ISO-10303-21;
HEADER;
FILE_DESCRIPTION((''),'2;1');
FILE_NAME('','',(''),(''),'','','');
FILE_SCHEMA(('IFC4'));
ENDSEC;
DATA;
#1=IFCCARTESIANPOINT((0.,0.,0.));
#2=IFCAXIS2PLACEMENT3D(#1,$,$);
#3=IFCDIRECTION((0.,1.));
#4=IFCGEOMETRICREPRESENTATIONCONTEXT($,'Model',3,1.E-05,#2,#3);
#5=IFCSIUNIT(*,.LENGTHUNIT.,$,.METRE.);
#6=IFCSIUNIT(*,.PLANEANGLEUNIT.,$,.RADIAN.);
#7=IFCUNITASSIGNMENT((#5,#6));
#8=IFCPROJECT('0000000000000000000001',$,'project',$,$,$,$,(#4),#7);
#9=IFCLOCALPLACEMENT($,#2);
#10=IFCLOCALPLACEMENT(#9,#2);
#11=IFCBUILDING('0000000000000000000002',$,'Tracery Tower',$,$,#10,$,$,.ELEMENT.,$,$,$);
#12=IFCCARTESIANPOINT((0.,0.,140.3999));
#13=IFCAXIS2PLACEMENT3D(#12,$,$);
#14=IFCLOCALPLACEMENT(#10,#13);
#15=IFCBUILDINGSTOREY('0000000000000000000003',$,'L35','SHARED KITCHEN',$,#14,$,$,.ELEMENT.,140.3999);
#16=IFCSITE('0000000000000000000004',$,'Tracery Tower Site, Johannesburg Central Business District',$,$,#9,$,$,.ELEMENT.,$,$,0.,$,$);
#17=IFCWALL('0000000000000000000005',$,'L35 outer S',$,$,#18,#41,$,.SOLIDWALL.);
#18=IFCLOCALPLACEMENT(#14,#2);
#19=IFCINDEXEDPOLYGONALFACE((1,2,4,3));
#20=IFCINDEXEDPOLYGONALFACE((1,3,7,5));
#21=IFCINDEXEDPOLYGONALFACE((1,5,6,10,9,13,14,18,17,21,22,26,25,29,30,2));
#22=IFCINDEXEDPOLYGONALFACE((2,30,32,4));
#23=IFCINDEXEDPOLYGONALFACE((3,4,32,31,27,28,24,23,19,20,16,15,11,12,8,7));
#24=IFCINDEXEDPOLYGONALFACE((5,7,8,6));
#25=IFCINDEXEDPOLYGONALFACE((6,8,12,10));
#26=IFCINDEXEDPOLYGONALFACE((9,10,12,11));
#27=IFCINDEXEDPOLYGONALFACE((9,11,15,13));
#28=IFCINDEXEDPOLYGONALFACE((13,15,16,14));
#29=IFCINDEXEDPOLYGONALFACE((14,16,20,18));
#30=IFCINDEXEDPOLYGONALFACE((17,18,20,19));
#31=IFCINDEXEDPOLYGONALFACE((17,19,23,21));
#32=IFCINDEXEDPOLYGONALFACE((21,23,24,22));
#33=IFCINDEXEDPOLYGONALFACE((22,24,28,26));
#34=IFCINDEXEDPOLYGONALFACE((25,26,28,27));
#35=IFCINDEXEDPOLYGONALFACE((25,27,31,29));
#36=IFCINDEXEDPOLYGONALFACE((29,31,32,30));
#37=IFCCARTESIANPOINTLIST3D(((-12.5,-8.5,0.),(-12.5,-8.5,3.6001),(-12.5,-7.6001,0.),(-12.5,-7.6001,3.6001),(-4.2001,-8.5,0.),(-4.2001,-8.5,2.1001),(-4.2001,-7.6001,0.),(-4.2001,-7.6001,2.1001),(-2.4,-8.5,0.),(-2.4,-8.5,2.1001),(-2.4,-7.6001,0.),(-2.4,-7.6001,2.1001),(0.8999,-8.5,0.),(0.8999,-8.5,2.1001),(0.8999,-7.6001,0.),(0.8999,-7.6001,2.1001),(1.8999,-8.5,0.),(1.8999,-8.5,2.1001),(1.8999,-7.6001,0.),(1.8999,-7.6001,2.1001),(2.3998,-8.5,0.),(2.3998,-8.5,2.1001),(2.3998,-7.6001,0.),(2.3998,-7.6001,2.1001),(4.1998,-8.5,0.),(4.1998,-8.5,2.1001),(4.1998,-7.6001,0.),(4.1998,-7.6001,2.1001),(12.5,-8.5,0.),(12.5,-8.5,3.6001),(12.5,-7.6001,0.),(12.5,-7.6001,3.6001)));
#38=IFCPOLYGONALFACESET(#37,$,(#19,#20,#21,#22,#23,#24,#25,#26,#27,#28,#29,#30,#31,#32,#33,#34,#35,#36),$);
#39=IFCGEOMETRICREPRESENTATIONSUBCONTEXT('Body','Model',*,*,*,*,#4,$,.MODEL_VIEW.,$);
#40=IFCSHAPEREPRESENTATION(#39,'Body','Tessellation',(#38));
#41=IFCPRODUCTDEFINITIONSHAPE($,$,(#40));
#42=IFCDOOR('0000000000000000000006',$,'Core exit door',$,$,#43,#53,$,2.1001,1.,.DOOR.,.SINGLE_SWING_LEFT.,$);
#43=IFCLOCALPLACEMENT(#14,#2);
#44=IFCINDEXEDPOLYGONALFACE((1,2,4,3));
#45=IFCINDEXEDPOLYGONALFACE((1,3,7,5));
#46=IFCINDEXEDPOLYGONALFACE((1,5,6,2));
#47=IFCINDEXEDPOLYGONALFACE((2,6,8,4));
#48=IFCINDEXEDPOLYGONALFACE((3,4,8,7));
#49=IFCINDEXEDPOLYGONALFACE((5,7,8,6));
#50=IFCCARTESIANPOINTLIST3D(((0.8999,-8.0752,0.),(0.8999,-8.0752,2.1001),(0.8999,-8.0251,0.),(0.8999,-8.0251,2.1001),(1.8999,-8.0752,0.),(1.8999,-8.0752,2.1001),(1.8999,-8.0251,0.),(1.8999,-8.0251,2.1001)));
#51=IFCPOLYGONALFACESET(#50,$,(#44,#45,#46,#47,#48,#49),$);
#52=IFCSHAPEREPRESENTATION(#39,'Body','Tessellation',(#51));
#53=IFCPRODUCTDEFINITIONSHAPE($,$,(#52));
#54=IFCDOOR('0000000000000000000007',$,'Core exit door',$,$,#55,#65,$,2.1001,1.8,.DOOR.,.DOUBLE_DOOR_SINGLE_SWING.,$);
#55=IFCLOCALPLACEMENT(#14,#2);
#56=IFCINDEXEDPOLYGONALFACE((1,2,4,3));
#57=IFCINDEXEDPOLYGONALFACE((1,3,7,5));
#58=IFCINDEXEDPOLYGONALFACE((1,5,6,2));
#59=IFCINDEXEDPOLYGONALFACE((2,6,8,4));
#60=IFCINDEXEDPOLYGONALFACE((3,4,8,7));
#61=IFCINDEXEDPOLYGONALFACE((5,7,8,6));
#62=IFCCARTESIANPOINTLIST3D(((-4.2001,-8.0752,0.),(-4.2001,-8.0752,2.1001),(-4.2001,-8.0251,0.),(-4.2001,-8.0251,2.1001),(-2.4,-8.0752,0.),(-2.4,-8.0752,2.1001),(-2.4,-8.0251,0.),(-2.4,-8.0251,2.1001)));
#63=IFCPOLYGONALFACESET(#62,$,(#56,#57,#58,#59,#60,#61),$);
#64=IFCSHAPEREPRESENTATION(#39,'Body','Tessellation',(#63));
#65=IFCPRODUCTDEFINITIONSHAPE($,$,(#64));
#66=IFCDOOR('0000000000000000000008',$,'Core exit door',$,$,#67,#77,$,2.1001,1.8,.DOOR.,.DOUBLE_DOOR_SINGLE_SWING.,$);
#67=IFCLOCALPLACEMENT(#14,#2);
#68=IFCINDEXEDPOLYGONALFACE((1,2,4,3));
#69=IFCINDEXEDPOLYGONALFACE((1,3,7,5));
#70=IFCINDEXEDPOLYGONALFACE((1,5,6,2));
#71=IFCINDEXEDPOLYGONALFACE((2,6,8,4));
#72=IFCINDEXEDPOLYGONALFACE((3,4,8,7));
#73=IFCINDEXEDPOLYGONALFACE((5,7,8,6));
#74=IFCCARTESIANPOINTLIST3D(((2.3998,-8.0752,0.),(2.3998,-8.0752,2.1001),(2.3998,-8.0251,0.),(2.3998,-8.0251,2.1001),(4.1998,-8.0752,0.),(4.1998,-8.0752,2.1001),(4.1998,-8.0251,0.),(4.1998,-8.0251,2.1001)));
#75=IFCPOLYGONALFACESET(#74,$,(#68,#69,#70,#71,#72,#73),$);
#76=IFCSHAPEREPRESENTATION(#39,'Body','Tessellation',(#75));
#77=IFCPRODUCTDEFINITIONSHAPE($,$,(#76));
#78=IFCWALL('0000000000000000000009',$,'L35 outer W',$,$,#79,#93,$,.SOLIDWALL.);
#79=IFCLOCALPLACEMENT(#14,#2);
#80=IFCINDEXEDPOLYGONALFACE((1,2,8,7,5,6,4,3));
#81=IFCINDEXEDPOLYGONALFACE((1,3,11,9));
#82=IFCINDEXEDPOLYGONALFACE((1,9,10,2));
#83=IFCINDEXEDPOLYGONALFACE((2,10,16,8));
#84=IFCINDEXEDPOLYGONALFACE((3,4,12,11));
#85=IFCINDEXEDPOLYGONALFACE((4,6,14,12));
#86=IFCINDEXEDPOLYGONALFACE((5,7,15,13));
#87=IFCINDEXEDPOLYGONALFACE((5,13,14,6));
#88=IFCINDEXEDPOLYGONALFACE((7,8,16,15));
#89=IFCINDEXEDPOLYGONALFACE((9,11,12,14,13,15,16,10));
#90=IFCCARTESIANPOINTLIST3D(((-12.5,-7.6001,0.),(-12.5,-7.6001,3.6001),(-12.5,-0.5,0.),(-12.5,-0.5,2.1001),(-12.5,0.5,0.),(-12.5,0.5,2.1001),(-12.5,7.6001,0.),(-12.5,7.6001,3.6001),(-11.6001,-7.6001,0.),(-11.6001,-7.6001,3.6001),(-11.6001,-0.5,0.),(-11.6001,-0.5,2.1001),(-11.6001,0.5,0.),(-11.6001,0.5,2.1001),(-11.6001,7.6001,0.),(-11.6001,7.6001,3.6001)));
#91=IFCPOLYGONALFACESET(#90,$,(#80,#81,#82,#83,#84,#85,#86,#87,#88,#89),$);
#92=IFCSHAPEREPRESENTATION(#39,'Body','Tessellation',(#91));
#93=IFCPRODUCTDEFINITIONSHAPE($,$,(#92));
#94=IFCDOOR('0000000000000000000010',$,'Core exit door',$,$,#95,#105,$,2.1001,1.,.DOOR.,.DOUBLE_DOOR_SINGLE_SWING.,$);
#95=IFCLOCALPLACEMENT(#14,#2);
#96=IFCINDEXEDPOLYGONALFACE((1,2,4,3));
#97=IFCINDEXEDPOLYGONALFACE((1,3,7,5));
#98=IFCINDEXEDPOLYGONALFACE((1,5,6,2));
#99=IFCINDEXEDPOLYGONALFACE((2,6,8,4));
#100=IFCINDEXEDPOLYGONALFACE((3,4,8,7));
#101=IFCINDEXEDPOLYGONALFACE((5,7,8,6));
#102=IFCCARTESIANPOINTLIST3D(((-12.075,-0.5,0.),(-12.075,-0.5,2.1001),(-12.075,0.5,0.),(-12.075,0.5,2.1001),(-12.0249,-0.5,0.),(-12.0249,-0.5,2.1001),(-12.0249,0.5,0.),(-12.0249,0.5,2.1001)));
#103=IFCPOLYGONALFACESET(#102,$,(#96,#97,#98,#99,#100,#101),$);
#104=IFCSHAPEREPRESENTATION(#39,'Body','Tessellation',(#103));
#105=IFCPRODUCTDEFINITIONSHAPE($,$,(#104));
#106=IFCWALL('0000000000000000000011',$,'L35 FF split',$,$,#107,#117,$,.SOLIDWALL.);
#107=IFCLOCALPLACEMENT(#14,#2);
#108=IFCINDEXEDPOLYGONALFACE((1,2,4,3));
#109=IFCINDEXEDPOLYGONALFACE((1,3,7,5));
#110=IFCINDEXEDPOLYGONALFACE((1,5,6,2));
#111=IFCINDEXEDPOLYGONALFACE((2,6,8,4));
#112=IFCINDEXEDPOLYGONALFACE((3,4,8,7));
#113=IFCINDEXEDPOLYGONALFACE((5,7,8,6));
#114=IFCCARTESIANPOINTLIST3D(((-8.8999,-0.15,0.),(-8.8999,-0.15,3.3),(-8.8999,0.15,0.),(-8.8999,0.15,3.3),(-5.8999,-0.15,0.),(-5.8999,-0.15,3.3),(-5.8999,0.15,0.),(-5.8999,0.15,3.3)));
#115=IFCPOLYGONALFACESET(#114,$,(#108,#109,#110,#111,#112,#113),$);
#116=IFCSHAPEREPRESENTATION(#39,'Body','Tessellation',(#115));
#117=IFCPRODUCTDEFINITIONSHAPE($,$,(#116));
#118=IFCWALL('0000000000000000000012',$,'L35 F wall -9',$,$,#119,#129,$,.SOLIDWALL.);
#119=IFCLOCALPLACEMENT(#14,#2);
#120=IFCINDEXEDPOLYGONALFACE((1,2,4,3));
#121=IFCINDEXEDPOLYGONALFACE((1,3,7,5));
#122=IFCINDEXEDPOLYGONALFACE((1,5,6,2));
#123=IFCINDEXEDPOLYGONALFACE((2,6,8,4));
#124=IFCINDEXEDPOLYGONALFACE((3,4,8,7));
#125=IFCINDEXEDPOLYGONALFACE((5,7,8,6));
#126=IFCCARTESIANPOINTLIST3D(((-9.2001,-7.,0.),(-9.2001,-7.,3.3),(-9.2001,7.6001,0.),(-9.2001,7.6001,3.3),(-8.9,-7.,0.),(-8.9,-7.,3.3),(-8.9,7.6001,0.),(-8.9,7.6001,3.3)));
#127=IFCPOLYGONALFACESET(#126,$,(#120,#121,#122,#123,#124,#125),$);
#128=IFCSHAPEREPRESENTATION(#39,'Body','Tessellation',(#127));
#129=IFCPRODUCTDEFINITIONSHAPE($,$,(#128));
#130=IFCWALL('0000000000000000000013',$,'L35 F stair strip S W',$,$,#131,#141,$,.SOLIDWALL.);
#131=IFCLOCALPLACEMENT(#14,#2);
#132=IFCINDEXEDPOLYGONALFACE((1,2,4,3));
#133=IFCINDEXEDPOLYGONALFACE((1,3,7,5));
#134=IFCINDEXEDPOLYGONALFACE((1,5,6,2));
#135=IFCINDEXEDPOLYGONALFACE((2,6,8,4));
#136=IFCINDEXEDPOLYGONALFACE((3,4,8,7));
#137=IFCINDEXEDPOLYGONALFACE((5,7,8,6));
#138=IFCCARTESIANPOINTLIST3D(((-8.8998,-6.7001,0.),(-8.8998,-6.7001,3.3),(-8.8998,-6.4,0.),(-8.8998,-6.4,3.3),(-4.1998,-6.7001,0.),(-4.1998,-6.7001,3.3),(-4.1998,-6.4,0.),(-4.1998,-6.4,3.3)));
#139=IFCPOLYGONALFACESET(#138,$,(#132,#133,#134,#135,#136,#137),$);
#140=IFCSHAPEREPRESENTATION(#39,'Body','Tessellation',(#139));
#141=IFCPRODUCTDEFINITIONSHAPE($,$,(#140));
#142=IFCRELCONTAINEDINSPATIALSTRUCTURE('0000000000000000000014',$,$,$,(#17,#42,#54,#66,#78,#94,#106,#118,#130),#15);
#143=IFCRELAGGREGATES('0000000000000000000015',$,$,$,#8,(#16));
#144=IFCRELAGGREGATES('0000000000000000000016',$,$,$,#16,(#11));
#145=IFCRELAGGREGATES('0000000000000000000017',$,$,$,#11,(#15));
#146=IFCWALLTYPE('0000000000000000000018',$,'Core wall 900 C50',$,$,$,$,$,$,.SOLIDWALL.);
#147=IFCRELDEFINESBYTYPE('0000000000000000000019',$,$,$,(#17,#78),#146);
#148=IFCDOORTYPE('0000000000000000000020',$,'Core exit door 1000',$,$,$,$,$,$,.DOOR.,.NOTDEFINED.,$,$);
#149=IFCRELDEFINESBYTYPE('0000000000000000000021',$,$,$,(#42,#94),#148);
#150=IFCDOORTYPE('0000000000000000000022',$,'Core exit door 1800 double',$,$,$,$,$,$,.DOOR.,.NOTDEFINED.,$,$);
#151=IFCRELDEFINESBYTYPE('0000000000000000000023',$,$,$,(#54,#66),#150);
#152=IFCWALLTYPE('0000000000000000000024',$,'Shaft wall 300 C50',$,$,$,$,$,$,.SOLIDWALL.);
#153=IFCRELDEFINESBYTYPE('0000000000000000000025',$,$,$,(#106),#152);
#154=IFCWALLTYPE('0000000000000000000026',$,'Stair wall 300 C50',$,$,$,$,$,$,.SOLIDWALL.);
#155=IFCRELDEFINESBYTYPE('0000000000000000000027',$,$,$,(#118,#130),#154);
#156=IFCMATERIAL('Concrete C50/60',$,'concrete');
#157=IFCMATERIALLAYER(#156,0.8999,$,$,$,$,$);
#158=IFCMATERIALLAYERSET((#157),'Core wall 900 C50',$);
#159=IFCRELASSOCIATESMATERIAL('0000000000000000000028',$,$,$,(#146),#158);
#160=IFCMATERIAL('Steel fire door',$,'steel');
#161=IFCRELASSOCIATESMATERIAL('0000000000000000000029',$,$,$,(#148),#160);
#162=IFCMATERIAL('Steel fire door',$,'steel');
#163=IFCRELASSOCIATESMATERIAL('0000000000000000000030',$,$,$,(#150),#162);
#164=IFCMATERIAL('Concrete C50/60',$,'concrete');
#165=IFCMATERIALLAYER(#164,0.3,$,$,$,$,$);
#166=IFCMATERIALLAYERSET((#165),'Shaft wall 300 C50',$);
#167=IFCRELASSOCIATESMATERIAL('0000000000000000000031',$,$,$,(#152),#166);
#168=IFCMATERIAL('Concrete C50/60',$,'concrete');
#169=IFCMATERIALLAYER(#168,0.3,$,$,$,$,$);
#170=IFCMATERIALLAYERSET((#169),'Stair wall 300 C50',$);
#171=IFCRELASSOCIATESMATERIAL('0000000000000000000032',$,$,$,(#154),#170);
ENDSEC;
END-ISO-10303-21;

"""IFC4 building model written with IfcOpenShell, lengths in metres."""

from ifc_helpers import new_model, si_unit, direction, frame, frame_2d, origin, place, context, subcontext, project, spatial, rectangle, extrude, material, layer, layer_set, type_object, element, fill, save


model = new_model("IFC4")

# Units and contexts
model_context = context("Model", 3, precision=1e-05, world=origin(), true_north=direction((0.0, 1.0)))
body_context = subcontext(model_context, "Body", "Model", "MODEL_VIEW")
ifc_project = project(units=[si_unit("LENGTHUNIT", "METRE"), si_unit("PLANEANGLEUNIT", "RADIAN")], contexts=[model_context])

# Site, building, storey
site_placement = place(None, origin())
site = spatial("IfcSite", under=ifc_project, at=site_placement, Name="Tracery Tower Site, Johannesburg Central Business District", CompositionType="ELEMENT", RefElevation=0.0)
building_placement = place(site_placement, origin())
building = spatial("IfcBuilding", under=site, at=building_placement, Name="Tracery Tower", CompositionType="ELEMENT")
storey_placement = place(building_placement, frame((0.0, 0.0, 140.3999)))
storey = spatial("IfcBuildingStorey", under=building, at=storey_placement, Name="L35", Description="SHARED KITCHEN", CompositionType="ELEMENT", Elevation=140.3999)

# Wall, openings, doors
ifc_material_1 = material(Name="Concrete C50/60", Category="concrete")
ifc_layer_1 = layer(ifc_material_1, 0.8999)
ifc_layer_set_1 = layer_set([ifc_layer_1], Name="Core wall 900 C50")
wall_type_1 = type_object("IfcWallType", Name="Core wall 900 C50", PredefinedType="SOLIDWALL", material=ifc_layer_set_1)
wall_1_placement = place(storey_placement, frame((-12.5, -8.05, 0.0), z_axis=(0.0, 0.0, 1.0), x_axis=(1.0, 0.0, 0.0)))
wall_1 = element("IfcWall", 1, at=wall_1_placement, inside=storey, type_object=wall_type_1, Name="L35 outer S", PredefinedType="SOLIDWALL", context=body_context, shape_type="SweptSolid", body=[
    extrude(rectangle(XDim=25.0, YDim=0.8999, at=frame_2d((12.5, 0.0))), origin(), (0.0, 0.0, 1.0), 3.6001),
])
opening_1_placement = place(wall_1_placement, frame((13.3999, 0.0, 0.0)))
opening_1 = element("IfcOpeningElement", 2, at=opening_1_placement, cuts=wall_1, PredefinedType="OPENING", context=body_context, shape_type="SweptSolid", body=[
    extrude(rectangle(XDim=1.0, YDim=2.1001, at=frame_2d((0.5, 1.05))), frame((0.0, 0.45, 0.0), z_axis=(0.0, -1.0, 0.0), x_axis=(1.0, 0.0, 0.0)), (0.0, 0.0, 1.0), 0.8999),
])
opening_2_placement = place(wall_1_placement, frame((8.3, 0.0, 0.0)))
opening_2 = element("IfcOpeningElement", 3, at=opening_2_placement, cuts=wall_1, PredefinedType="OPENING", context=body_context, shape_type="SweptSolid", body=[
    extrude(rectangle(XDim=1.8, YDim=2.1001, at=frame_2d((0.8999, 1.05))), frame((0.0, 0.45, 0.0), z_axis=(0.0, -1.0, 0.0), x_axis=(1.0, 0.0, 0.0)), (0.0, 0.0, 1.0), 0.8999),
])
opening_3_placement = place(wall_1_placement, frame((14.8999, 0.0, 0.0)))
opening_3 = element("IfcOpeningElement", 4, at=opening_3_placement, cuts=wall_1, PredefinedType="OPENING", context=body_context, shape_type="SweptSolid", body=[
    extrude(rectangle(XDim=1.8, YDim=2.1001, at=frame_2d((0.8999, 1.05))), frame((0.0, 0.45, 0.0), z_axis=(0.0, -1.0, 0.0), x_axis=(1.0, 0.0, 0.0)), (0.0, 0.0, 1.0), 0.8999),
])
ifc_material_2 = material(Name="Steel fire door", Category="steel")
door_type_1 = type_object("IfcDoorType", Name="Core exit door 1000", OperationType="NOTDEFINED", PredefinedType="DOOR", material=ifc_material_2)
door_1_placement = place(opening_1_placement, origin())
door_1 = element("IfcDoor", 5, at=door_1_placement, inside=storey, type_object=door_type_1, Name="Core exit door", OperationType="SINGLE_SWING_LEFT", OverallHeight=2.1001, OverallWidth=1.0, PredefinedType="DOOR", context=body_context, shape_type="SweptSolid", body=[
    extrude(rectangle(XDim=1.0, YDim=2.1001, at=frame_2d((0.5, 1.05))), frame((0.0, 0.0249, 0.0), z_axis=(0.0, -1.0, 0.0), x_axis=(1.0, 0.0, 0.0)), (0.0, 0.0, 1.0), 0.05),
])
fill(opening_1, door_1)
ifc_material_3 = material(Name="Steel fire door", Category="steel")
door_type_2 = type_object("IfcDoorType", Name="Core exit door 1800 double", OperationType="NOTDEFINED", PredefinedType="DOOR", material=ifc_material_3)
door_2_placement = place(opening_2_placement, origin())
door_2 = element("IfcDoor", 6, at=door_2_placement, inside=storey, type_object=door_type_2, Name="Core exit door", OperationType="DOUBLE_DOOR_SINGLE_SWING", OverallHeight=2.1001, OverallWidth=1.8, PredefinedType="DOOR", context=body_context, shape_type="SweptSolid", body=[
    extrude(rectangle(XDim=1.8, YDim=2.1001, at=frame_2d((0.8999, 1.05))), frame((0.0, 0.0249, 0.0), z_axis=(0.0, -1.0, 0.0), x_axis=(1.0, 0.0, 0.0)), (0.0, 0.0, 1.0), 0.05),
])
fill(opening_2, door_2)
door_3_placement = place(opening_3_placement, origin())
door_3 = element("IfcDoor", 7, at=door_3_placement, inside=storey, type_object=door_type_2, Name="Core exit door", OperationType="DOUBLE_DOOR_SINGLE_SWING", OverallHeight=2.1001, OverallWidth=1.8, PredefinedType="DOOR", context=body_context, shape_type="SweptSolid", body=[
    extrude(rectangle(XDim=1.8, YDim=2.1001, at=frame_2d((0.8999, 1.05))), frame((0.0, 0.0249, 0.0), z_axis=(0.0, -1.0, 0.0), x_axis=(1.0, 0.0, 0.0)), (0.0, 0.0, 1.0), 0.05),
])
fill(opening_3, door_3)

# Wall, opening, door
wall_2_placement = place(storey_placement, frame((-12.05, -7.6001, 0.0), z_axis=(0.0, 0.0, 1.0), x_axis=(0.0, 1.0, 0.0)))
wall_2 = element("IfcWall", 8, at=wall_2_placement, inside=storey, type_object=wall_type_1, Name="L35 outer W", PredefinedType="SOLIDWALL", context=body_context, shape_type="SweptSolid", body=[
    extrude(rectangle(XDim=15.2002, YDim=0.8999, at=frame_2d((7.6001, 0.0))), origin(), (0.0, 0.0, 1.0), 3.6001),
])
opening_4_placement = place(wall_2_placement, frame((7.1001, 0.0, 0.0)))
opening_4 = element("IfcOpeningElement", 9, at=opening_4_placement, cuts=wall_2, PredefinedType="OPENING", context=body_context, shape_type="SweptSolid", body=[
    extrude(rectangle(XDim=1.0, YDim=2.1001, at=frame_2d((0.5, 1.05))), frame((0.0, 0.45, 0.0), z_axis=(0.0, -1.0, 0.0), x_axis=(1.0, 0.0, 0.0)), (0.0, 0.0, 1.0), 0.8999),
])
door_4_placement = place(opening_4_placement, origin())
door_4 = element("IfcDoor", 10, at=door_4_placement, inside=storey, type_object=door_type_1, Name="Core exit door", OperationType="DOUBLE_DOOR_SINGLE_SWING", OverallHeight=2.1001, OverallWidth=1.0, PredefinedType="DOOR", context=body_context, shape_type="SweptSolid", body=[
    extrude(rectangle(XDim=1.0, YDim=2.1001, at=frame_2d((0.5, 1.05))), frame((0.0, 0.0249, 0.0), z_axis=(0.0, -1.0, 0.0), x_axis=(1.0, 0.0, 0.0)), (0.0, 0.0, 1.0), 0.05),
])
fill(opening_4, door_4)

# Wall
ifc_material_4 = material(Name="Concrete C50/60", Category="concrete")
ifc_layer_2 = layer(ifc_material_4, 0.3)
ifc_layer_set_2 = layer_set([ifc_layer_2], Name="Shaft wall 300 C50")
wall_type_2 = type_object("IfcWallType", Name="Shaft wall 300 C50", PredefinedType="SOLIDWALL", material=ifc_layer_set_2)
wall_3_placement = place(storey_placement, frame((-8.8999, 0.0, 0.0), z_axis=(0.0, 0.0, 1.0), x_axis=(1.0, 0.0, 0.0)))
element("IfcWall", 11, at=wall_3_placement, inside=storey, type_object=wall_type_2, Name="L35 FF split", PredefinedType="SOLIDWALL", context=body_context, shape_type="SweptSolid", body=[
    extrude(rectangle(XDim=3.0, YDim=0.3, at=frame_2d((1.5, 0.0))), origin(), (0.0, 0.0, 1.0), 3.3),
])

# Shared definitions
ifc_material_5 = material(Name="Concrete C50/60", Category="concrete")
ifc_layer_3 = layer(ifc_material_5, 0.3)
ifc_layer_set_3 = layer_set([ifc_layer_3], Name="Stair wall 300 C50")
wall_type_3 = type_object("IfcWallType", Name="Stair wall 300 C50", PredefinedType="SOLIDWALL", material=ifc_layer_set_3)

# Walls
wall_4_placement = place(storey_placement, frame((-9.05, -7.0, 0.0), z_axis=(0.0, 0.0, 1.0), x_axis=(0.0, 1.0, 0.0)))
element("IfcWall", 12, at=wall_4_placement, inside=storey, type_object=wall_type_3, Name="L35 F wall -9", PredefinedType="SOLIDWALL", context=body_context, shape_type="SweptSolid", body=[
    extrude(rectangle(XDim=14.6001, YDim=0.3, at=frame_2d((7.3, 0.0))), origin(), (0.0, 0.0, 1.0), 3.3),
])
wall_5_placement = place(storey_placement, frame((-8.8999, -6.55, 0.0), z_axis=(0.0, 0.0, 1.0), x_axis=(1.0, 0.0, 0.0)))
element("IfcWall", 13, at=wall_5_placement, inside=storey, type_object=wall_type_3, Name="L35 F stair strip S W", PredefinedType="SOLIDWALL", context=body_context, shape_type="SweptSolid", body=[
    extrude(rectangle(XDim=4.7, YDim=0.3, at=frame_2d((2.3501, 0.0))), origin(), (0.0, 0.0, 1.0), 3.3),
])

save(model, "model.ifc")
